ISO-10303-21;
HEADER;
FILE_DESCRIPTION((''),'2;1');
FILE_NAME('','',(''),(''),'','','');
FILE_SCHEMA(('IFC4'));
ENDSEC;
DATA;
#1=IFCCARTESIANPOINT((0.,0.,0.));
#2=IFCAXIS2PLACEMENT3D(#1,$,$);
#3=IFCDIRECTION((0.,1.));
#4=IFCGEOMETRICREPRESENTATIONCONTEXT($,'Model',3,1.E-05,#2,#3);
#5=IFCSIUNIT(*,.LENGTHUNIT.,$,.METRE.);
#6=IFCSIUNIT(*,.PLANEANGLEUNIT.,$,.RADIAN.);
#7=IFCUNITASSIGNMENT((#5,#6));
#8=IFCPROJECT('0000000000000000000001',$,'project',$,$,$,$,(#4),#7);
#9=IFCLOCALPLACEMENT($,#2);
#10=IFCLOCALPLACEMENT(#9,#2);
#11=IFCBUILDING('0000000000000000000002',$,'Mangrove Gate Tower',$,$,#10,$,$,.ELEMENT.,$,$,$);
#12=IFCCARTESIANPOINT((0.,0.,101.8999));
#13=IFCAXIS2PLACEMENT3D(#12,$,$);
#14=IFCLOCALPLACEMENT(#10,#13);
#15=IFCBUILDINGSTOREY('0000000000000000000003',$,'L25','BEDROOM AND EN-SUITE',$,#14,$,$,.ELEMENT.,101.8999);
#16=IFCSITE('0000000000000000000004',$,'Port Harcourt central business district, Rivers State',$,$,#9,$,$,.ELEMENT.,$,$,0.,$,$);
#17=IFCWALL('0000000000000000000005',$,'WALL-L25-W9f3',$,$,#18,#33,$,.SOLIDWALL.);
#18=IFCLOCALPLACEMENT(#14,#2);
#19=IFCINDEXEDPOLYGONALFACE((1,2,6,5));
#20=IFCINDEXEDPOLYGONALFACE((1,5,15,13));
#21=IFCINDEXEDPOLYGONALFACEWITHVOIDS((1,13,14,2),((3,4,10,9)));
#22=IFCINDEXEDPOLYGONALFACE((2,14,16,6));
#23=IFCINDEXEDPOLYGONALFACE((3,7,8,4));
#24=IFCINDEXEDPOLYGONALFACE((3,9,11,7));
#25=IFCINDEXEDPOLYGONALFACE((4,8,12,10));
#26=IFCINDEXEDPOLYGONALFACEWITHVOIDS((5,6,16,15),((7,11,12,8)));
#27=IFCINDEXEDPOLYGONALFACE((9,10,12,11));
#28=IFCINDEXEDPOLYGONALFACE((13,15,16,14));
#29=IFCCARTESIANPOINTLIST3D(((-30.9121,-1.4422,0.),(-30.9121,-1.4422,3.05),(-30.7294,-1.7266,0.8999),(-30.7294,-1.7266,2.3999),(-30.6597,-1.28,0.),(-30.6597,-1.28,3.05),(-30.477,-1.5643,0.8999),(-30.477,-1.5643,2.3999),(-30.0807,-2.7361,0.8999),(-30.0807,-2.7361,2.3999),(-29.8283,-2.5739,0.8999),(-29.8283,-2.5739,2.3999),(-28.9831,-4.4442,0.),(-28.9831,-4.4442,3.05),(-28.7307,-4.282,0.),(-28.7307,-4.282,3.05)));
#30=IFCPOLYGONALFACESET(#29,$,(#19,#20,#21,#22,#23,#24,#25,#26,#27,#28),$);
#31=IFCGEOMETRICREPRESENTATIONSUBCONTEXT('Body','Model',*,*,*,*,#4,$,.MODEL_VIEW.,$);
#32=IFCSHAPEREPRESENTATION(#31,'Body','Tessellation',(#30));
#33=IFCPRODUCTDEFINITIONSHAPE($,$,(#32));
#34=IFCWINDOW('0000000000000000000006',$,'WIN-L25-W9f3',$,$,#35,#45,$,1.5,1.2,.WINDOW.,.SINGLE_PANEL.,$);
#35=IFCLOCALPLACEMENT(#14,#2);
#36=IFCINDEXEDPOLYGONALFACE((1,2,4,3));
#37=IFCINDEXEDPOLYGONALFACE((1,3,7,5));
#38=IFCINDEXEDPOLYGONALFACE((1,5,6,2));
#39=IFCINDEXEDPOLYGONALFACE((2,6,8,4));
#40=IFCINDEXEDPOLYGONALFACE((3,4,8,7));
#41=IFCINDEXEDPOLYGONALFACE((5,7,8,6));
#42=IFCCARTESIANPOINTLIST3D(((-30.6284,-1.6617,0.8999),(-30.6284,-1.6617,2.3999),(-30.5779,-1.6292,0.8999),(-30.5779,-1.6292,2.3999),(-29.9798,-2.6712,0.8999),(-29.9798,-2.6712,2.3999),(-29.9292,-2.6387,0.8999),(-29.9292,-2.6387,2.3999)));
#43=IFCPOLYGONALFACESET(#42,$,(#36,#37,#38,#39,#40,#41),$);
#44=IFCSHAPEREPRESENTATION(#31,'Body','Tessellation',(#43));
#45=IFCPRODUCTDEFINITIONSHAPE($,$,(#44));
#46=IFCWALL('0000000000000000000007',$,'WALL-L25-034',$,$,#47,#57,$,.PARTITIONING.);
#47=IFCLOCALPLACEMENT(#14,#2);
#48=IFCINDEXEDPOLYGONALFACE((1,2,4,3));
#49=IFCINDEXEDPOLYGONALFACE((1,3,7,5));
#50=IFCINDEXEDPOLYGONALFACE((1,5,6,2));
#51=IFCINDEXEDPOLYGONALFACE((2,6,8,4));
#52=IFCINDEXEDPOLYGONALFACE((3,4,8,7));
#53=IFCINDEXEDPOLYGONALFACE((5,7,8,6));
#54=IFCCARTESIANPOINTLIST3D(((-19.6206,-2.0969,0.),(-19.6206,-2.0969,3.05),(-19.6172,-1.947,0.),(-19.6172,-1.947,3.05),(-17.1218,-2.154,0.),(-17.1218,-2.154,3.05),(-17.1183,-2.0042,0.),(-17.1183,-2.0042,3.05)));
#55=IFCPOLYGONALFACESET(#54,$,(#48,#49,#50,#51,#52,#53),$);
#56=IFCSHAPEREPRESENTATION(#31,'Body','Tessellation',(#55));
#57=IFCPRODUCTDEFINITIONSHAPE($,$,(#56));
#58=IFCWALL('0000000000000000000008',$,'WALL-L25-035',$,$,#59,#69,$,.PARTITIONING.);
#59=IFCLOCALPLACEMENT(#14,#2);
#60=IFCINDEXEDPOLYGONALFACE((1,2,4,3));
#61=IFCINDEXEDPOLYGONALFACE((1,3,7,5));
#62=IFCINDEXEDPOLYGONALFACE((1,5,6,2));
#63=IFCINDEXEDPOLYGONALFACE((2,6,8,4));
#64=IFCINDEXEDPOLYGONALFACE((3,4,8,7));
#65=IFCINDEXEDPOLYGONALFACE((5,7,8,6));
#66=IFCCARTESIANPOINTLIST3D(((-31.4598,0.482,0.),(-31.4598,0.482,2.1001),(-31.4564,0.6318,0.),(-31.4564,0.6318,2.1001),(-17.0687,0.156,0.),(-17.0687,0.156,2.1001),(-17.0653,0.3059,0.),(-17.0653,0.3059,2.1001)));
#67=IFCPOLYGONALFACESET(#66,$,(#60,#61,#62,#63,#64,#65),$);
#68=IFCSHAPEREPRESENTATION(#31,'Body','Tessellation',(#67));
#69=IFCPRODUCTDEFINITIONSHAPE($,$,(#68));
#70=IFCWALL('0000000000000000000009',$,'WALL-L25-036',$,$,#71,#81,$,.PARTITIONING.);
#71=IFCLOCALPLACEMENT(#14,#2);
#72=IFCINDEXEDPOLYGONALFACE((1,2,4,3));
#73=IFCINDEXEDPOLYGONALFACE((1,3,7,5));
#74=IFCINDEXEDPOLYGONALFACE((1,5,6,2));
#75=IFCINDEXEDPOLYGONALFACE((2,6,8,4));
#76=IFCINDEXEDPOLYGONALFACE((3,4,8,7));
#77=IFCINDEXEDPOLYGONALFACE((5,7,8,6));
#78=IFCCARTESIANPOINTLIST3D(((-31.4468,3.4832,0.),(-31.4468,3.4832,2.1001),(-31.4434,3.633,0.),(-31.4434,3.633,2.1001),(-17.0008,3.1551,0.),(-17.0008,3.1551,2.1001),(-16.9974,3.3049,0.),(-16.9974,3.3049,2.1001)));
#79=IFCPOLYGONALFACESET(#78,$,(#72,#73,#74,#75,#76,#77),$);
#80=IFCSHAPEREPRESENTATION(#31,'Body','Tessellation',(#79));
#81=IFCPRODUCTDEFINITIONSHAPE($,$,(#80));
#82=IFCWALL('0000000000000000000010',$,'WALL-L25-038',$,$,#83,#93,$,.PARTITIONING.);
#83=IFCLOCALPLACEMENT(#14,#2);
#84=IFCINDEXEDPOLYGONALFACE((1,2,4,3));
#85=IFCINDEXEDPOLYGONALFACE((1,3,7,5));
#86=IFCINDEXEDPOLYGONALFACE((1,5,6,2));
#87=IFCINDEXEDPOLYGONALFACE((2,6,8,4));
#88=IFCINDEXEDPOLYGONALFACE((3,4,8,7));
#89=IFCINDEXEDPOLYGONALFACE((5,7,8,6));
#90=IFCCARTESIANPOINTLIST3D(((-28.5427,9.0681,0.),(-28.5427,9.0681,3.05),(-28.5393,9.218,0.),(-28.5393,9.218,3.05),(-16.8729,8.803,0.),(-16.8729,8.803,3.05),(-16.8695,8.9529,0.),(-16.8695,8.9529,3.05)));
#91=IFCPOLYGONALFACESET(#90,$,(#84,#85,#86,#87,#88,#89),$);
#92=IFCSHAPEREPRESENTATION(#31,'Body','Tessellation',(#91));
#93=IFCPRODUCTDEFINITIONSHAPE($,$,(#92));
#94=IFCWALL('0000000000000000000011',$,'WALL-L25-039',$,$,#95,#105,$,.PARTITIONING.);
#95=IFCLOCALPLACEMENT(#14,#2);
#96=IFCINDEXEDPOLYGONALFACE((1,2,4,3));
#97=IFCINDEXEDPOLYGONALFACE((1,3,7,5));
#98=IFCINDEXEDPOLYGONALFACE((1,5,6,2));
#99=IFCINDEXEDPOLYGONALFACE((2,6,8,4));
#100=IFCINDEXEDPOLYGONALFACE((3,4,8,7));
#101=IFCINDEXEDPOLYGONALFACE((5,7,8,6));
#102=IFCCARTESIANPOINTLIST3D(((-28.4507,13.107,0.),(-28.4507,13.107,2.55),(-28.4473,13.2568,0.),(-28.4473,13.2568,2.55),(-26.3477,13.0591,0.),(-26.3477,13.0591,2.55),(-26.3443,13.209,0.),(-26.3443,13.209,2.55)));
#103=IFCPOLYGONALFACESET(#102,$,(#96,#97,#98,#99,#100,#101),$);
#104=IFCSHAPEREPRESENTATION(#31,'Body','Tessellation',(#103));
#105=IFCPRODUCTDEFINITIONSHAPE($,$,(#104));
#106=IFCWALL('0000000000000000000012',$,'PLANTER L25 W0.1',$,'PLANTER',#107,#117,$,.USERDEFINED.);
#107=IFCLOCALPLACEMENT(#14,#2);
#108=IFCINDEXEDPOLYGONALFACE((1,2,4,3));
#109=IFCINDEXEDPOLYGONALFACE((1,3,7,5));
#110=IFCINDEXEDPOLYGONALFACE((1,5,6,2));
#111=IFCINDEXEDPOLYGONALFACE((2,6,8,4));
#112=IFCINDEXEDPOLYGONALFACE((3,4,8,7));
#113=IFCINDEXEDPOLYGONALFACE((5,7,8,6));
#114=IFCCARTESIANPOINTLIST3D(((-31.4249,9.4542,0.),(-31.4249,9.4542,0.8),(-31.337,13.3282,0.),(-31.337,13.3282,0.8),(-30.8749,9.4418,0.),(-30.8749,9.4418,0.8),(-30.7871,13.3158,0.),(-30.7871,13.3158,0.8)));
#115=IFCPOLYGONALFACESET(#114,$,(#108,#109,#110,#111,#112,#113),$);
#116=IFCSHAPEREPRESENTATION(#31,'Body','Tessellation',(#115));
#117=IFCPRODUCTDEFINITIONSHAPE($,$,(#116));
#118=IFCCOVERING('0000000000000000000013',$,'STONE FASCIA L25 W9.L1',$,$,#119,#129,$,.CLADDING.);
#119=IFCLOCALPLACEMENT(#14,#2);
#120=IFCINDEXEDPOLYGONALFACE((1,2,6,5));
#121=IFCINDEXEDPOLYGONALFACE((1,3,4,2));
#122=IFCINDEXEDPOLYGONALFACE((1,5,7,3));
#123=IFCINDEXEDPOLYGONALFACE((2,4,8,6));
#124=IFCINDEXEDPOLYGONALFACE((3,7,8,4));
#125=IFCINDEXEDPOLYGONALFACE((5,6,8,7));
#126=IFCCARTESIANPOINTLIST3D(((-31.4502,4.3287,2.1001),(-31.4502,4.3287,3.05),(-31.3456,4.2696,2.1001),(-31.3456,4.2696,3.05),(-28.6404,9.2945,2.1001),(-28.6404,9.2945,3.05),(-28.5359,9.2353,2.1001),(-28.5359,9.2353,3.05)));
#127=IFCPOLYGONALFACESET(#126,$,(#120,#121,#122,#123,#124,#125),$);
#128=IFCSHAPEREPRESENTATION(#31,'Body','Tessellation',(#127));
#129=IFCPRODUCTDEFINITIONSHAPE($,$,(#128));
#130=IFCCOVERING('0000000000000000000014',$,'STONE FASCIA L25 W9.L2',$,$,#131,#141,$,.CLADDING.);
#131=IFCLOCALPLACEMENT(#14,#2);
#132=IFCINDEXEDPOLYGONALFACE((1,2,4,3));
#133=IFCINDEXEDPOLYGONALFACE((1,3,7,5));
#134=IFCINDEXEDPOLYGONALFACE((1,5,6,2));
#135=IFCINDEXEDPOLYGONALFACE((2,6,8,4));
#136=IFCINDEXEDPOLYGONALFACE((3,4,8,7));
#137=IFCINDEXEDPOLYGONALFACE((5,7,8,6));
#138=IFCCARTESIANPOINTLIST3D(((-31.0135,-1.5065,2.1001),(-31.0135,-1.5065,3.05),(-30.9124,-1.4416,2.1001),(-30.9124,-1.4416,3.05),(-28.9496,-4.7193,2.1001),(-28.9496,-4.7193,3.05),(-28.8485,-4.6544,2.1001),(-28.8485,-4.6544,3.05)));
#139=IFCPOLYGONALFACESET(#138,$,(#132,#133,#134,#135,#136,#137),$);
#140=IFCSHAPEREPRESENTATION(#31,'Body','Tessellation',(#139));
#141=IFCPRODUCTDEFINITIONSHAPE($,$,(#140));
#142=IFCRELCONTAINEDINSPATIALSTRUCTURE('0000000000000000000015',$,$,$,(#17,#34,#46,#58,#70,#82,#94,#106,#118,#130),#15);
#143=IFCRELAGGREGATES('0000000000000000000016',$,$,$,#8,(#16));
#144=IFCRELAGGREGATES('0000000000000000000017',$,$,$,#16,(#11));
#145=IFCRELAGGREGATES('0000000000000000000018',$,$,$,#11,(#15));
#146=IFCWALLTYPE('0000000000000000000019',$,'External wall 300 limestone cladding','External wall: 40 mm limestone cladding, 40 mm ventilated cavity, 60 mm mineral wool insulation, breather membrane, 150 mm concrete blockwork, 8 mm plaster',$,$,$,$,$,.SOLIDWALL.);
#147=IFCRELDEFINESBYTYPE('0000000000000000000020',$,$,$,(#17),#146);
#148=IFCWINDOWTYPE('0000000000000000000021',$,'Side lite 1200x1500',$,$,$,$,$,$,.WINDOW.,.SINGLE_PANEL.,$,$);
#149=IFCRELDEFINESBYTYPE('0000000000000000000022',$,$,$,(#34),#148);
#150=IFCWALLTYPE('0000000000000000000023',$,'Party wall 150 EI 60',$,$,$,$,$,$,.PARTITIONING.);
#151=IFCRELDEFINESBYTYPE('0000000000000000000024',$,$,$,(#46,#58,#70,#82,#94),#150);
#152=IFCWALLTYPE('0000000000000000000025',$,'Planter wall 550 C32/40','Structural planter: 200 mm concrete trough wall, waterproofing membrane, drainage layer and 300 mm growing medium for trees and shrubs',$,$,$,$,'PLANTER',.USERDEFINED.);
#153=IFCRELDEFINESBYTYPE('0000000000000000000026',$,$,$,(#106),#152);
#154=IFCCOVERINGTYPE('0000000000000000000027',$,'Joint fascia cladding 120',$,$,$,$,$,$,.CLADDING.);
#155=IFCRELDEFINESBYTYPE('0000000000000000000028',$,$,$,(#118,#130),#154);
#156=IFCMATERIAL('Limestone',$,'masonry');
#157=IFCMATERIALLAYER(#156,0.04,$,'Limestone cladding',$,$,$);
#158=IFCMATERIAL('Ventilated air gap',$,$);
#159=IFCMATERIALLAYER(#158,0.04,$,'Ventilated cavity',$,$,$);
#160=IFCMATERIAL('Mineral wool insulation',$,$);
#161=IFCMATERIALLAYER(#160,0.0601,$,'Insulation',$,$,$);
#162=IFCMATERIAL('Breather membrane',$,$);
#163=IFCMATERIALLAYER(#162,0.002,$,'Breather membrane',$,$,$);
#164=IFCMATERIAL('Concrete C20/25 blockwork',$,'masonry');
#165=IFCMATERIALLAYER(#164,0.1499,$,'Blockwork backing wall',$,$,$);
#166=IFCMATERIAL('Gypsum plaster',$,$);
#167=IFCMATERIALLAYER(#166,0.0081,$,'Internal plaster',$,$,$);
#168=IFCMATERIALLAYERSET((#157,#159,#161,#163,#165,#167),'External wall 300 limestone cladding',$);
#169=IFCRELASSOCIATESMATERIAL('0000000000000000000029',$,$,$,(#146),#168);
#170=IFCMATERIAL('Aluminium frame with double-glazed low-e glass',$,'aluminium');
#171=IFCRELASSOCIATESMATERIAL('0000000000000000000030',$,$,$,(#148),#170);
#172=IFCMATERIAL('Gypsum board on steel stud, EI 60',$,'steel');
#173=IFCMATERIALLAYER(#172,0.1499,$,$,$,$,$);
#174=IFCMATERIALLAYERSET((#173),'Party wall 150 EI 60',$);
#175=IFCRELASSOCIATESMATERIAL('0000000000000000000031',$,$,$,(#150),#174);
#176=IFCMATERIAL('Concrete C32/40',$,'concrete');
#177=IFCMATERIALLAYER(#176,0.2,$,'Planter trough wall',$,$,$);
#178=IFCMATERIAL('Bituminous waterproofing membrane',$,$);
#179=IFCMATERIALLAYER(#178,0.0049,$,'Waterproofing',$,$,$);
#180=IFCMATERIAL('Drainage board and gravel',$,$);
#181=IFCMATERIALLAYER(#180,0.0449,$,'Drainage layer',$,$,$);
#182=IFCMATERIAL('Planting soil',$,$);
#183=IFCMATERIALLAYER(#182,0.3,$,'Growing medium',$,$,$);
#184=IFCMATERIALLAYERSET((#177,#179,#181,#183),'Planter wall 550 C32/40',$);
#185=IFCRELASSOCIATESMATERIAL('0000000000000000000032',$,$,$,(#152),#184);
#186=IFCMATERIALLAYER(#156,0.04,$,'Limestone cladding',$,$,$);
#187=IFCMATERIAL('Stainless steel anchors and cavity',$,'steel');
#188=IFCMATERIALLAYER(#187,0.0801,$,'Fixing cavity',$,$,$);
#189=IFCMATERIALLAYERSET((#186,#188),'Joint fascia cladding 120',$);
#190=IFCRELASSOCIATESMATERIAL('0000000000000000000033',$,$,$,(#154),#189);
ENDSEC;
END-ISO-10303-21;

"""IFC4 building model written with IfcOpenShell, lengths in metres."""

from ifc_helpers import new_model, si_unit, direction, frame, frame_2d, origin, place, context, subcontext, project, spatial, rectangle, extrude, material, layer, layer_set, type_object, element, fill, save


model = new_model("IFC4")

# Units and contexts
model_context = context("Model", 3, precision=1e-05, world=origin(), true_north=direction((0.0, 1.0)))
body_context = subcontext(model_context, "Body", "Model", "MODEL_VIEW")
ifc_project = project(units=[si_unit("LENGTHUNIT", "METRE"), si_unit("PLANEANGLEUNIT", "RADIAN")], contexts=[model_context])

# Site, building, storey
site_placement = place(None, origin())
site = spatial("IfcSite", under=ifc_project, at=site_placement, Name="Port Harcourt central business district, Rivers State", CompositionType="ELEMENT", RefElevation=0.0)
building_placement = place(site_placement, origin())
building = spatial("IfcBuilding", under=site, at=building_placement, Name="Mangrove Gate Tower", CompositionType="ELEMENT")
storey_placement = place(building_placement, frame((0.0, 0.0, 101.8999)))
storey = spatial("IfcBuildingStorey", under=building, at=storey_placement, Name="L25", Description="BEDROOM AND EN-SUITE", CompositionType="ELEMENT", Elevation=101.8999)

# Wall, opening, window
ifc_material_1 = material(Name="Limestone", Category="masonry")
ifc_layer_1 = layer(ifc_material_1, 0.04, Name="Limestone cladding")
ifc_material_2 = material(Name="Ventilated air gap")
ifc_layer_2 = layer(ifc_material_2, 0.04, Name="Ventilated cavity")
ifc_material_3 = material(Name="Mineral wool insulation")
ifc_layer_3 = layer(ifc_material_3, 0.0601, Name="Insulation")
ifc_material_4 = material(Name="Breather membrane")
ifc_layer_4 = layer(ifc_material_4, 0.002, Name="Breather membrane")
ifc_material_5 = material(Name="Concrete C20/25 blockwork", Category="masonry")
ifc_layer_5 = layer(ifc_material_5, 0.1499, Name="Blockwork backing wall")
ifc_material_6 = material(Name="Gypsum plaster")
ifc_layer_6 = layer(ifc_material_6, 0.0081, Name="Internal plaster")
ifc_layer_set_1 = layer_set([ifc_layer_1, ifc_layer_2, ifc_layer_3, ifc_layer_4, ifc_layer_5, ifc_layer_6], Name="External wall 300 limestone cladding")
wall_type_1 = type_object("IfcWallType", Name="External wall 300 limestone cladding", Description="External wall: 40 mm limestone cladding, 40 mm ventilated cavity, 60 mm mineral wool insulation, breather membrane, 150 mm concrete blockwork, 8 mm plaster", PredefinedType="SOLIDWALL", material=ifc_layer_set_1)
ifc_material_7 = material(Name="Aluminium frame with double-glazed low-e glass", Category="aluminium")
window_type = type_object("IfcWindowType", Name="Side lite 1200x1500", PartitioningType="SINGLE_PANEL", PredefinedType="WINDOW", material=ifc_material_7)
wall_1_placement = place(storey_placement, frame((-30.7859, -1.3611, 0.0), z_axis=(0.0, 0.0, 1.0), x_axis=(0.540585, -0.84129, 0.0)))
wall_1 = element("IfcWall", 1, at=wall_1_placement, inside=storey, type_object=wall_type_1, Name="WALL-L25-W9f3", PredefinedType="SOLIDWALL", context=body_context, shape_type="SweptSolid", body=[
    extrude(rectangle(XDim=3.5684, YDim=0.3, at=frame_2d((1.7842, 0.0))), origin(), (0.0, 0.0, 1.0), 3.05),
])
opening_1_placement = place(wall_1_placement, frame((0.3379, 0.0, 0.8999)))
opening_1 = element("IfcOpeningElement", 2, at=opening_1_placement, cuts=wall_1, PredefinedType="OPENING", context=body_context, shape_type="SweptSolid", body=[
    extrude(rectangle(XDim=1.2, YDim=1.5, at=frame_2d((0.6001, 0.75))), frame((0.0, 0.1599, 0.0), z_axis=(0.0, -1.0, 0.0), x_axis=(1.0, 0.0, 0.0)), (0.0, 0.0, 1.0), 0.3201),
])
window_1_placement = place(opening_1_placement, origin())
window_1 = element("IfcWindow", 3, at=window_1_placement, inside=storey, type_object=window_type, Name="WIN-L25-W9f3", OverallHeight=1.5, OverallWidth=1.2, PartitioningType="SINGLE_PANEL", PredefinedType="WINDOW", context=body_context, shape_type="SweptSolid", body=[
    extrude(rectangle(XDim=1.2, YDim=1.5, at=frame_2d((0.6001, 0.75))), frame((0.0, 0.03, 0.0), z_axis=(0.0, -1.0, 0.0), x_axis=(1.0, 0.0, 0.0)), (0.0, 0.0, 1.0), 0.0601),
])
fill(opening_1, window_1)

# Walls
ifc_material_8 = material(Name="Gypsum board on steel stud, EI 60", Category="steel")
ifc_layer_7 = layer(ifc_material_8, 0.1499)
ifc_layer_set_2 = layer_set([ifc_layer_7], Name="Party wall 150 EI 60")
wall_type_2 = type_object("IfcWallType", Name="Party wall 150 EI 60", PredefinedType="PARTITIONING", material=ifc_layer_set_2)
wall_2_placement = place(storey_placement, frame((-19.6189, -2.022, 0.0), z_axis=(0.0, 0.0, 1.0), x_axis=(0.999739, -0.022857, 0.0)))
element("IfcWall", 4, at=wall_2_placement, inside=storey, type_object=wall_type_2, Name="WALL-L25-034", PredefinedType="PARTITIONING", context=body_context, shape_type="SweptSolid", body=[
    extrude(rectangle(XDim=2.4995, YDim=0.1499, at=frame_2d((1.2498, 0.0))), origin(), (0.0, 0.0, 1.0), 3.05),
])
wall_3_placement = place(storey_placement, frame((-31.458, 0.5569, 0.0), z_axis=(0.0, 0.0, 1.0), x_axis=(0.999744, -0.022642, 0.0)))
element("IfcWall", 5, at=wall_3_placement, inside=storey, type_object=wall_type_2, Name="WALL-L25-035", PredefinedType="PARTITIONING", context=body_context, shape_type="SweptSolid", body=[
    extrude(rectangle(XDim=14.3948, YDim=0.1499, at=frame_2d((7.1973, 0.0))), origin(), (0.0, 0.0, 1.0), 2.1001),
])
wall_4_placement = place(storey_placement, frame((-31.4451, 3.5581, 0.0), z_axis=(0.0, 0.0, 1.0), x_axis=(0.999742, -0.022708, 0.0)))
element("IfcWall", 6, at=wall_4_placement, inside=storey, type_object=wall_type_2, Name="WALL-L25-036", PredefinedType="PARTITIONING", context=body_context, shape_type="SweptSolid", body=[
    extrude(rectangle(XDim=14.4497, YDim=0.1499, at=frame_2d((7.2249, 0.0))), origin(), (0.0, 0.0, 1.0), 2.1001),
])
wall_5_placement = place(storey_placement, frame((-28.541, 9.1431, 0.0), z_axis=(0.0, 0.0, 1.0), x_axis=(0.999742, -0.022714, 0.0)))
element("IfcWall", 7, at=wall_5_placement, inside=storey, type_object=wall_type_2, Name="WALL-L25-038", PredefinedType="PARTITIONING", context=body_context, shape_type="SweptSolid", body=[
    extrude(rectangle(XDim=11.6729, YDim=0.1499, at=frame_2d((5.8364, 0.0))), origin(), (0.0, 0.0, 1.0), 3.05),
])
wall_6_placement = place(storey_placement, frame((-28.449, 13.1819, 0.0), z_axis=(0.0, 0.0, 1.0), x_axis=(0.999741, -0.022748, 0.0)))
element("IfcWall", 8, at=wall_6_placement, inside=storey, type_object=wall_type_2, Name="WALL-L25-039", PredefinedType="PARTITIONING", context=body_context, shape_type="SweptSolid", body=[
    extrude(rectangle(XDim=2.1035, YDim=0.1499, at=frame_2d((1.0518, 0.0))), origin(), (0.0, 0.0, 1.0), 2.55),
])
ifc_material_9 = material(Name="Concrete C32/40", Category="concrete")
ifc_layer_8 = layer(ifc_material_9, 0.2, Name="Planter trough wall")
ifc_material_10 = material(Name="Bituminous waterproofing membrane")
ifc_layer_9 = layer(ifc_material_10, 0.0049, Name="Waterproofing")
ifc_material_11 = material(Name="Drainage board and gravel")
ifc_layer_10 = layer(ifc_material_11, 0.0449, Name="Drainage layer")
ifc_material_12 = material(Name="Planting soil")
ifc_layer_11 = layer(ifc_material_12, 0.3, Name="Growing medium")
ifc_layer_set_3 = layer_set([ifc_layer_8, ifc_layer_9, ifc_layer_10, ifc_layer_11], Name="Planter wall 550 C32/40")
wall_type_3 = type_object("IfcWallType", Name="Planter wall 550 C32/40", Description="Structural planter: 200 mm concrete trough wall, waterproofing membrane, drainage layer and 300 mm growing medium for trees and shrubs", ElementType="PLANTER", PredefinedType="USERDEFINED", material=ifc_layer_set_3)
wall_7_placement = place(storey_placement, frame((-31.1499, 9.448, 0.0), z_axis=(0.0, 0.0, 1.0), x_axis=(0.022681, 0.999743, 0.0)))
element("IfcWall", 9, at=wall_7_placement, inside=storey, type_object=wall_type_3, Name="PLANTER L25 W0.1", ObjectType="PLANTER", PredefinedType="USERDEFINED", context=body_context, shape_type="SweptSolid", body=[
    extrude(rectangle(XDim=3.875, YDim=0.55, at=frame_2d((1.9375, 0.0))), origin(), (0.0, 0.0, 1.0), 0.8),
])

# Coverings
ifc_layer_12 = layer(ifc_material_1, 0.04, Name="Limestone cladding")
ifc_material_13 = material(Name="Stainless steel anchors and cavity", Category="steel")
ifc_layer_13 = layer(ifc_material_13, 0.0801, Name="Fixing cavity")
ifc_layer_set_4 = layer_set([ifc_layer_12, ifc_layer_13], Name="Joint fascia cladding 120")
covering_type = type_object("IfcCoveringType", Name="Joint fascia cladding 120", PredefinedType="CLADDING", material=ifc_layer_set_4)
covering_1_placement = place(storey_placement, frame((-28.5881, 9.2649, 2.1001), z_axis=(0.0, 0.0, 1.0), x_axis=(-0.492462, -0.870334, 0.0)))
element("IfcCovering", 10, at=covering_1_placement, inside=storey, type_object=covering_type, Name="STONE FASCIA L25 W9.L1", PredefinedType="CLADDING", context=body_context, shape_type="SweptSolid", body=[
    extrude(rectangle(XDim=5.7056, YDim=0.1201, at=frame_2d((2.8528, 0.0))), origin(), (0.0, 0.0, 1.0), 0.95),
])
covering_2_placement = place(storey_placement, frame((-30.9629, -1.4741, 2.1001), z_axis=(0.0, 0.0, 1.0), x_axis=(0.540486, -0.841353, 0.0)))
element("IfcCovering", 11, at=covering_2_placement, inside=storey, type_object=covering_type, Name="STONE FASCIA L25 W9.L2", PredefinedType="CLADDING", context=body_context, shape_type="SweptSolid", body=[
    extrude(rectangle(XDim=3.8186, YDim=0.1201, at=frame_2d((1.9092, 0.0))), origin(), (0.0, 0.0, 1.0), 0.95),
])

save(model, "model.ifc")
